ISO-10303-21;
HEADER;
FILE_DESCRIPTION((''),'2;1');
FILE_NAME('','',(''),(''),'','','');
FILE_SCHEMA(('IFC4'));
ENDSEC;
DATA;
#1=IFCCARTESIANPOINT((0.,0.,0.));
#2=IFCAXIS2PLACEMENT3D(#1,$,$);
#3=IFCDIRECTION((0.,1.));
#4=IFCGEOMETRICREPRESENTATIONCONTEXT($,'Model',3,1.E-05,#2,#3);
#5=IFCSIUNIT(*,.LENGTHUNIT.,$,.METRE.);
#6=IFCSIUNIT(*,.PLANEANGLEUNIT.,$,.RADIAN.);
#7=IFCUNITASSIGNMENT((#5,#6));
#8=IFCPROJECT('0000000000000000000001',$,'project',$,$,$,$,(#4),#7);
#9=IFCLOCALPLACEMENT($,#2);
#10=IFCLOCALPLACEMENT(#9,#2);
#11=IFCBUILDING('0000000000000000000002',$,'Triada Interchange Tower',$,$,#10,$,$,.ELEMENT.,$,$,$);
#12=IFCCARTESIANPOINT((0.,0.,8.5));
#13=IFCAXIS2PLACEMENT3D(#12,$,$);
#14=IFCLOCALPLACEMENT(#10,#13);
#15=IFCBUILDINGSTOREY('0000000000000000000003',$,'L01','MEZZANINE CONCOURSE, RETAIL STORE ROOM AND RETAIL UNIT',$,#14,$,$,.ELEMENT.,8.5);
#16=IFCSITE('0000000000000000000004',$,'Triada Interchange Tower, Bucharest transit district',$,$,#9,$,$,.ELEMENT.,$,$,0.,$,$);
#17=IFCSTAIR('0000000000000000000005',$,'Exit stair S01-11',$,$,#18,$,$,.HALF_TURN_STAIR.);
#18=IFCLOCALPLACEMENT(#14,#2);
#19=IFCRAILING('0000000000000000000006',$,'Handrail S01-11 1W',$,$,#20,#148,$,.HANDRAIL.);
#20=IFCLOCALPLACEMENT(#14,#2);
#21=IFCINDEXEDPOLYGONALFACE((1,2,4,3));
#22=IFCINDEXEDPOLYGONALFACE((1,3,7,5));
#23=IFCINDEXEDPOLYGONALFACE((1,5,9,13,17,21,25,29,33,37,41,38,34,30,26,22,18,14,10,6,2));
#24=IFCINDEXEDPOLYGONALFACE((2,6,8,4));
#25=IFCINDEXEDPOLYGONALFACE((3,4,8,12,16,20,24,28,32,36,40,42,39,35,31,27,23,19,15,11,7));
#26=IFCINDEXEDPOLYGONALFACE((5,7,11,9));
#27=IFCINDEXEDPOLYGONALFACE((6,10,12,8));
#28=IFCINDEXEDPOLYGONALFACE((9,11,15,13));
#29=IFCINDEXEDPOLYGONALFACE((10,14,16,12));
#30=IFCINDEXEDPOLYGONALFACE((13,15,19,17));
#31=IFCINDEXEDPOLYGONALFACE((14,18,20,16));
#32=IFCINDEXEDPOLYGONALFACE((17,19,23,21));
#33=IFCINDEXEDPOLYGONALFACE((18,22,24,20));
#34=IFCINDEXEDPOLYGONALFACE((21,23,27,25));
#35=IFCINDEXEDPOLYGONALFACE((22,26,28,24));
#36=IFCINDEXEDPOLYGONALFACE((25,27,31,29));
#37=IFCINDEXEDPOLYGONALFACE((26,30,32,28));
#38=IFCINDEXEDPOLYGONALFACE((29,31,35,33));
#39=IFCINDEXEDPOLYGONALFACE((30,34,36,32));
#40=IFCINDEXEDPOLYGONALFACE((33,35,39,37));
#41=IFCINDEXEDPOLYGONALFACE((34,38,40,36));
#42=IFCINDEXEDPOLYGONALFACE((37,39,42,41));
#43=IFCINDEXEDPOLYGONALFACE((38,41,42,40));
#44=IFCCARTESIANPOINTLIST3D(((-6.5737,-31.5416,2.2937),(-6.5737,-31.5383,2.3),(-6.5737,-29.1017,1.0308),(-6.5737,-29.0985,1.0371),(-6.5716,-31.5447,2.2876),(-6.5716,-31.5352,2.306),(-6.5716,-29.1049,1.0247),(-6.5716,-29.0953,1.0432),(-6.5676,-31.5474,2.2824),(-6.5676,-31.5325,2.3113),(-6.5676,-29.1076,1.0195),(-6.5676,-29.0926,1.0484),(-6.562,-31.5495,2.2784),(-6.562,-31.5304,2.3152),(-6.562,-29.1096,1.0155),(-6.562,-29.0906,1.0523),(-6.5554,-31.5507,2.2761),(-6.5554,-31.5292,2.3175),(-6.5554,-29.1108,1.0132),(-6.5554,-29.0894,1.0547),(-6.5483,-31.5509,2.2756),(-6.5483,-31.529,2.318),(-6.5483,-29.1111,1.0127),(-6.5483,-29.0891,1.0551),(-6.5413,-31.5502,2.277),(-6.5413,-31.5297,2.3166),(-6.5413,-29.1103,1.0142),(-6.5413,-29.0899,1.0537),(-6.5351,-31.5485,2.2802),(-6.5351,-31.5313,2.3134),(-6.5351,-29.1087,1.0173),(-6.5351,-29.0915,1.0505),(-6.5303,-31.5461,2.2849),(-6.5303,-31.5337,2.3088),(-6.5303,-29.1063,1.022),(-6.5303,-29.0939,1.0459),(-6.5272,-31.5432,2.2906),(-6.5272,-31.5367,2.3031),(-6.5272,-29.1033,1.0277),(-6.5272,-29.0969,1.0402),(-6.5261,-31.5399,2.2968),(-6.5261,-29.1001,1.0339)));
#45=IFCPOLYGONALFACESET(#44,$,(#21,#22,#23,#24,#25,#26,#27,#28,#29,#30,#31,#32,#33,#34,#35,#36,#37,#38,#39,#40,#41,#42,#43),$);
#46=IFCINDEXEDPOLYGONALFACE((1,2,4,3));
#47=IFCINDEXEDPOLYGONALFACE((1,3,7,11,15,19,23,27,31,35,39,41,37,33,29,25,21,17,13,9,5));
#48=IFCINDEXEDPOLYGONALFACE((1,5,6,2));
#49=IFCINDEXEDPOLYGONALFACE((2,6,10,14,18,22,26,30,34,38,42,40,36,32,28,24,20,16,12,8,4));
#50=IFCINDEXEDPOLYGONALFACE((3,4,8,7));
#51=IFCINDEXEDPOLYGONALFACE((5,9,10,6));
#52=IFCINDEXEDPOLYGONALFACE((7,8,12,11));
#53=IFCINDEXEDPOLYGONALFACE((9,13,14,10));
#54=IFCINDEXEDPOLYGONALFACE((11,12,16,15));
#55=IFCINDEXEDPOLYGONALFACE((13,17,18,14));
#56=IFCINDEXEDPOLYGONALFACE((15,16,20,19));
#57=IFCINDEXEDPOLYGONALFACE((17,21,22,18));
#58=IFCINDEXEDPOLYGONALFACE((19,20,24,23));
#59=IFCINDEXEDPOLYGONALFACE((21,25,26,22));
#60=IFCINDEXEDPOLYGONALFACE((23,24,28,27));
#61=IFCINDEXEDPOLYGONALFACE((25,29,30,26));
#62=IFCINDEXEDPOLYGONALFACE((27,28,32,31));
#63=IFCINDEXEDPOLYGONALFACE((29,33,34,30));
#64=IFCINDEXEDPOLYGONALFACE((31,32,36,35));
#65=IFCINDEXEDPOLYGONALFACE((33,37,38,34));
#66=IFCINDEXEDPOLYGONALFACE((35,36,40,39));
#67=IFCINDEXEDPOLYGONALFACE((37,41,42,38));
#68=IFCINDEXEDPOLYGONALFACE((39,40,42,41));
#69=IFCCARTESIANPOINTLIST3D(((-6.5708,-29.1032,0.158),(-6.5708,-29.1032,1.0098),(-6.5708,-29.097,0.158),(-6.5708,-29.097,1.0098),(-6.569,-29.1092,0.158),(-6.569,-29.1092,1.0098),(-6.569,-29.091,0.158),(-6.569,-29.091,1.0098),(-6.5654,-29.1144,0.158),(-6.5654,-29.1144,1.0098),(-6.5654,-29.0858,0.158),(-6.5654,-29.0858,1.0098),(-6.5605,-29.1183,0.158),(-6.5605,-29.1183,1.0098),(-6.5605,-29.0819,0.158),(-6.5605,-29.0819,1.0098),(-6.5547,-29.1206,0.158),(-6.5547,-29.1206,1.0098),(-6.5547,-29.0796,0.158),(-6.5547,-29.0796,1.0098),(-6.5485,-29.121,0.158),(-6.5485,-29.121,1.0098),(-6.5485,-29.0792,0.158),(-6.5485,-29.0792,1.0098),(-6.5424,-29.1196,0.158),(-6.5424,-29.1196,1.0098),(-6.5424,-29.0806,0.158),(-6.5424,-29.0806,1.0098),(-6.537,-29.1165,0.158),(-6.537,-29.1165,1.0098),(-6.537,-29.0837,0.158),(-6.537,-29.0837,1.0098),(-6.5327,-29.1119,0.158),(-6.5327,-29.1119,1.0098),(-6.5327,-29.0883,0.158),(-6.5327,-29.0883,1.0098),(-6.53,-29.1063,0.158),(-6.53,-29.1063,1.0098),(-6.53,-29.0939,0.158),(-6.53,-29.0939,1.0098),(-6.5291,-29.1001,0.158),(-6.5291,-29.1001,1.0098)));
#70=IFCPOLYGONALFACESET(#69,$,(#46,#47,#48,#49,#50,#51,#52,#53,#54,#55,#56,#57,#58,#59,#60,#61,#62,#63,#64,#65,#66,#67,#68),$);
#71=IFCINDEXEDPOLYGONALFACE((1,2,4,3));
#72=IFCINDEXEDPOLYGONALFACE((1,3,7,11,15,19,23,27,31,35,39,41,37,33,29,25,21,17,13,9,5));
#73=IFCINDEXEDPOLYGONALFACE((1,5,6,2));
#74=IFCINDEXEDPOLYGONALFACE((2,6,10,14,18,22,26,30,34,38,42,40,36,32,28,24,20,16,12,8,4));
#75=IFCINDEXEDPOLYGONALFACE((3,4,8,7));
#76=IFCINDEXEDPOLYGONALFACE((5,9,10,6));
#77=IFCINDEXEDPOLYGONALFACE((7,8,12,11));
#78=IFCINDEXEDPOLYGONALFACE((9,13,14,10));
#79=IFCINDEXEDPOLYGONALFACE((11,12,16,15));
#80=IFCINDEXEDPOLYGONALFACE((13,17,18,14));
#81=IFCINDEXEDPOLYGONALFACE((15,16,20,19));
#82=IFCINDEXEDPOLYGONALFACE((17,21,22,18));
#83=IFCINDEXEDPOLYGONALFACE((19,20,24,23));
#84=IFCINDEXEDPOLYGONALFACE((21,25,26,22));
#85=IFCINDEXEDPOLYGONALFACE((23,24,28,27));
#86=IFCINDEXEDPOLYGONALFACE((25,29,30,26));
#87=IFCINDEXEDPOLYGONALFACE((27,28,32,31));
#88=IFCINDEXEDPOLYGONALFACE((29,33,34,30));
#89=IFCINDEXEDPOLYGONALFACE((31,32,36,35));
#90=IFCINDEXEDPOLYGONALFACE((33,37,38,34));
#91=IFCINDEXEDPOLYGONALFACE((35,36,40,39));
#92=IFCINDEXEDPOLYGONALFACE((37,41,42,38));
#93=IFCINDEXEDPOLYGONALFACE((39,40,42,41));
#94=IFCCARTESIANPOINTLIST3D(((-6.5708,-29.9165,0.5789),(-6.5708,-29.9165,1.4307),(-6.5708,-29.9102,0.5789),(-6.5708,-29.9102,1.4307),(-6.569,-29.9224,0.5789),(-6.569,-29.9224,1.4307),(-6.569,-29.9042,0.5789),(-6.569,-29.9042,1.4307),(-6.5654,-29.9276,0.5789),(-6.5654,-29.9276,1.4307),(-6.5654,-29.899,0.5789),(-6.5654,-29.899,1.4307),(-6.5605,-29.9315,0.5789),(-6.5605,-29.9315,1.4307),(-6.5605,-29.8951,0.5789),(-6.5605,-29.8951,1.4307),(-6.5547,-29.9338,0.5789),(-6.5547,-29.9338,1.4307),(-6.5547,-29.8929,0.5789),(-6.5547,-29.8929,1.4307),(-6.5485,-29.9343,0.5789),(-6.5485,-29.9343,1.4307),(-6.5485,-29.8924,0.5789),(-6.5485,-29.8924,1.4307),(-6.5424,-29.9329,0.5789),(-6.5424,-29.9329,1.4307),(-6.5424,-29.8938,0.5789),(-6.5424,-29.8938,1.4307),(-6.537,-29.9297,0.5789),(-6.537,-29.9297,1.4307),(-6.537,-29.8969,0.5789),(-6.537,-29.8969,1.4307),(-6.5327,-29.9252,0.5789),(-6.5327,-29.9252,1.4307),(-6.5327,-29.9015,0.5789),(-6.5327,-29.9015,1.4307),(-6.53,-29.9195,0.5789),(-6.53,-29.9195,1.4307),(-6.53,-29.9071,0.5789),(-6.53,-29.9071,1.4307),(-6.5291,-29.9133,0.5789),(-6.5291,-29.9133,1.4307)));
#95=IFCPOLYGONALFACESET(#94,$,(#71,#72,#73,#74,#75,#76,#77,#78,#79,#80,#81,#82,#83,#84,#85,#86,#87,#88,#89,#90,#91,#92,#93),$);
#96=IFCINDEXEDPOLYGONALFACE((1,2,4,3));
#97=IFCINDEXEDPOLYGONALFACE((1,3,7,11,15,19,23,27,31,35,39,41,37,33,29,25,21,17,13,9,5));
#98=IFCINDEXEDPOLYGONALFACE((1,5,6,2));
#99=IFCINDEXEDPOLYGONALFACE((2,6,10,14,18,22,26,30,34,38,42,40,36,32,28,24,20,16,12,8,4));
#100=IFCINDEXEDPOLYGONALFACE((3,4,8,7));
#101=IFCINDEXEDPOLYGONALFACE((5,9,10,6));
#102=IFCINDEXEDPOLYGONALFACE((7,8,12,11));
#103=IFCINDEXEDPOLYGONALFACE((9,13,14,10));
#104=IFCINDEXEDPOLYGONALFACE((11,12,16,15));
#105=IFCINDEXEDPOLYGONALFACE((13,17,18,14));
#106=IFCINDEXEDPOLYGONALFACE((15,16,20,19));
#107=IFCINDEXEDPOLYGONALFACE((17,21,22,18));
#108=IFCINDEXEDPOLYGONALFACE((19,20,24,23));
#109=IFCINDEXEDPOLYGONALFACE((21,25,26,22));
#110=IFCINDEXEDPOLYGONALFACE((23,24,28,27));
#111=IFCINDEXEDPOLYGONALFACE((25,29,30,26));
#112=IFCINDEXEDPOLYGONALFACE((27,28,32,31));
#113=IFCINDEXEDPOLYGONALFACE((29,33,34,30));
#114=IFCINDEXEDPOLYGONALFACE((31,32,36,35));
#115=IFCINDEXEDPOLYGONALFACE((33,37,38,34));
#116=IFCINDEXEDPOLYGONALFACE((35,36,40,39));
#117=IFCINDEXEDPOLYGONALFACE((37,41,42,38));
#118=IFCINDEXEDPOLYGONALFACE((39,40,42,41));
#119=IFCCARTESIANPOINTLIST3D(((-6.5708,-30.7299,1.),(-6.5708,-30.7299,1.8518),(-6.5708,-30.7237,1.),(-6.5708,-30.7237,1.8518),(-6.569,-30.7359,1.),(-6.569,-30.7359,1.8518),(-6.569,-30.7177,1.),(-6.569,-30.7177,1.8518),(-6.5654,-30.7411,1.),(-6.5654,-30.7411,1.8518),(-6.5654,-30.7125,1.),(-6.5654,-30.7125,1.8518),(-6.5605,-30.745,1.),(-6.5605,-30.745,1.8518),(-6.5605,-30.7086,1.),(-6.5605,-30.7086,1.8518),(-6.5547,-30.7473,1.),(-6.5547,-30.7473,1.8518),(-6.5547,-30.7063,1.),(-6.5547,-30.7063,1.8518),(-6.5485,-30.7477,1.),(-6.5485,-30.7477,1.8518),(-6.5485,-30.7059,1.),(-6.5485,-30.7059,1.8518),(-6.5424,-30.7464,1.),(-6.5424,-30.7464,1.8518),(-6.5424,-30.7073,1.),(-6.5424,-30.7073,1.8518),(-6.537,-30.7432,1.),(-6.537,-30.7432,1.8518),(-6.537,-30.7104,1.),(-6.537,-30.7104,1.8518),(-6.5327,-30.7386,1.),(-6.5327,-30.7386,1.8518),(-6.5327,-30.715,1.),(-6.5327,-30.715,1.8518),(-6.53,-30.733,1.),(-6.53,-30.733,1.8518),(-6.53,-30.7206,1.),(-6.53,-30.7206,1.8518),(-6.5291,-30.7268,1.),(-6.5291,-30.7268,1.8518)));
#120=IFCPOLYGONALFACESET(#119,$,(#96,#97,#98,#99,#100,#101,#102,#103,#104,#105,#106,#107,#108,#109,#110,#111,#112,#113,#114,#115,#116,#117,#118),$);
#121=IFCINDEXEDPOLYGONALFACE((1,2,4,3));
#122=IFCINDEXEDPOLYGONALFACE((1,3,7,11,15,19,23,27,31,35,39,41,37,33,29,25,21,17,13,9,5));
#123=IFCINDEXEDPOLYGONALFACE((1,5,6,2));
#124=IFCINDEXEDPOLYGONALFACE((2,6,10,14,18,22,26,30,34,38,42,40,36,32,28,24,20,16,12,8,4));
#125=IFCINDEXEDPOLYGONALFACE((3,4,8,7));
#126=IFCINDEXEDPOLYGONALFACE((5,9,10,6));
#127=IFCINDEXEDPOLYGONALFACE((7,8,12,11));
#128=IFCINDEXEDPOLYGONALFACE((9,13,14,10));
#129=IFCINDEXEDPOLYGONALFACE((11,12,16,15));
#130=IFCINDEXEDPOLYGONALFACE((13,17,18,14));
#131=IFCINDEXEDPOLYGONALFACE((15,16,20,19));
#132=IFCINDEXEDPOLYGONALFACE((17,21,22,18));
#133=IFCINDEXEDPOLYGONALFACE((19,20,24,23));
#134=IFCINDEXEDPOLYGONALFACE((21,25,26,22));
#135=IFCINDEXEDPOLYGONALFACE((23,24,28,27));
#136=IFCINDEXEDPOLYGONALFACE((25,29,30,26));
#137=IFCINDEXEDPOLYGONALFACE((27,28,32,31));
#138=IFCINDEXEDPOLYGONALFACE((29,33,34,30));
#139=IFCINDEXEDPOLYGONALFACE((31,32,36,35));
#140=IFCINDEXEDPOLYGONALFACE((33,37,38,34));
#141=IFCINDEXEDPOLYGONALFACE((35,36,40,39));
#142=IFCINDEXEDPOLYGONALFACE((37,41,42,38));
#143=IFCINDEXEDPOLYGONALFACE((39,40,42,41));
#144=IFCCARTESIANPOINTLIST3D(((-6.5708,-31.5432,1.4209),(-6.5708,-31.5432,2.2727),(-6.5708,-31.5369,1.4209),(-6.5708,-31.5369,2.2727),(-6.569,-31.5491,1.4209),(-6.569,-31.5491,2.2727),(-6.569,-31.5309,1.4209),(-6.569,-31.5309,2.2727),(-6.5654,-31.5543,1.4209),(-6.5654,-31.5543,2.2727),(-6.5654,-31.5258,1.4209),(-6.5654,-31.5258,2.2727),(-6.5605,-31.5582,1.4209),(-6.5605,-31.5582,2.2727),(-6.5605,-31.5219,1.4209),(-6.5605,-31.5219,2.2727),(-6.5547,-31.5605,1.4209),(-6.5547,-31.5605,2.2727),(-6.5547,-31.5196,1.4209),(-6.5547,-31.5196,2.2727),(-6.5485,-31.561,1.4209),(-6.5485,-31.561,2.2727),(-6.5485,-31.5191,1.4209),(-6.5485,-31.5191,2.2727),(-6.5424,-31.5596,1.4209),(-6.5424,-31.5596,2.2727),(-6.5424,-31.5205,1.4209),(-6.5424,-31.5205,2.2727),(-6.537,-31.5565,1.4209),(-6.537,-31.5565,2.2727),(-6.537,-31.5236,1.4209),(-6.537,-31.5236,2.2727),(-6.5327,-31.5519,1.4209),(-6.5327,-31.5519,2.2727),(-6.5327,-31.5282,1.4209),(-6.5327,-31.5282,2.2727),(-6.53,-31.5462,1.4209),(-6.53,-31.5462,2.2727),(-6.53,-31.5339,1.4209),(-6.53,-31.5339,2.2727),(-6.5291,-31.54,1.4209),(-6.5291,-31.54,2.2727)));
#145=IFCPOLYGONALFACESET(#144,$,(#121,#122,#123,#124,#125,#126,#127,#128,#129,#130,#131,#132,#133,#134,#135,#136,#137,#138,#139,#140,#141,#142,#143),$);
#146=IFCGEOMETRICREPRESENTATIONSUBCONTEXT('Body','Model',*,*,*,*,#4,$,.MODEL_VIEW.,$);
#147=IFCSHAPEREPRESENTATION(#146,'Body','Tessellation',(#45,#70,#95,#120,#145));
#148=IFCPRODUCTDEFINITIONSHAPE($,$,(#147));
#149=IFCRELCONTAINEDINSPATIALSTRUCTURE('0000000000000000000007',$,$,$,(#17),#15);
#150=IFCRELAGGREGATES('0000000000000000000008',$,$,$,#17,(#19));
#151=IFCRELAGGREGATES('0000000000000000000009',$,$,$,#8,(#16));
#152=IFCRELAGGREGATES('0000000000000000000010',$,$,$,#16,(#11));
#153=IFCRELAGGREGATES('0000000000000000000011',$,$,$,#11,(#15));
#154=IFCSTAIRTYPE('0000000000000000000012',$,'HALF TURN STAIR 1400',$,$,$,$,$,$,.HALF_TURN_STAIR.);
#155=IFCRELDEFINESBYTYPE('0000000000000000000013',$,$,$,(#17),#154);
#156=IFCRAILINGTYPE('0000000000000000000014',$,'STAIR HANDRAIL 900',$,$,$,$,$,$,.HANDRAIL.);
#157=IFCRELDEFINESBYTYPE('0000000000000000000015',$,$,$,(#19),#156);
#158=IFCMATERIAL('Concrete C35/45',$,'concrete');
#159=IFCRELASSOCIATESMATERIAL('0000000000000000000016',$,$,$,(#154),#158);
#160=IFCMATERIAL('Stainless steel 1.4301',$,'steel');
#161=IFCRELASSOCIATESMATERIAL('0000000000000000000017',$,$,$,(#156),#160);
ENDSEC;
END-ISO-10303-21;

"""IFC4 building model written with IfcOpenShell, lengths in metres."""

from ifc_helpers import new_model, si_unit, direction, frame, origin, origin_2d, place, context, subcontext, project, spatial, circle, extrude, material, type_object, element, aggregate, save


model = new_model("IFC4")

# Units and contexts
model_context = context("Model", 3, precision=1e-05, world=origin(), true_north=direction((0.0, 1.0)))
body_context = subcontext(model_context, "Body", "Model", "MODEL_VIEW")
ifc_project = project(units=[si_unit("LENGTHUNIT", "METRE"), si_unit("PLANEANGLEUNIT", "RADIAN")], contexts=[model_context])

# Site, building, storey
site_placement = place(None, origin())
site = spatial("IfcSite", under=ifc_project, at=site_placement, Name="Triada Interchange Tower, Bucharest transit district", CompositionType="ELEMENT", RefElevation=0.0)
building_placement = place(site_placement, origin())
building = spatial("IfcBuilding", under=site, at=building_placement, Name="Triada Interchange Tower", CompositionType="ELEMENT")
storey_placement = place(building_placement, frame((0.0, 0.0, 8.5)))
storey = spatial("IfcBuildingStorey", under=building, at=storey_placement, Name="L01", Description="MEZZANINE CONCOURSE, RETAIL STORE ROOM AND RETAIL UNIT", CompositionType="ELEMENT", Elevation=8.5)

# Shared definitions
ifc_material_1 = material(Name="Concrete C35/45", Category="concrete")

# Stair, railing
stair_type = type_object("IfcStairType", Name="HALF TURN STAIR 1400", PredefinedType="HALF_TURN_STAIR", material=ifc_material_1)
stair_placement = place(storey_placement, origin())
stair = element("IfcStair", 1, at=stair_placement, inside=storey, type_object=stair_type, Name="Exit stair S01-11", PredefinedType="HALF_TURN_STAIR")
ifc_material_2 = material(Name="Stainless steel 1.4301", Category="steel")
railing_type_1 = type_object("IfcRailingType", Name="STAIR HANDRAIL 900", PredefinedType="HANDRAIL", material=ifc_material_2)
railing_1_placement = place(storey_placement, frame((-6.55, -29.1001, 0.158)))
railing_1 = element("IfcRailing", 2, at=railing_1_placement, type_object=railing_type_1, Name="Handrail S01-11 1W", PredefinedType="HANDRAIL", context=body_context, shape_type="SweptSolid", body=[
    extrude(circle(Radius=0.0239, at=origin_2d()), frame((0.0, 0.0, 0.876), z_axis=(0.0, -0.888084, 0.459682), x_axis=(1.0, 0.0, 0.0)), (0.0, 0.0, 1.0), 2.7473),
    extrude(circle(Radius=0.021, at=origin_2d()), origin(), (0.0, 0.0, 1.0), 0.8518),
    extrude(circle(Radius=0.021, at=origin_2d()), frame((0.0, -0.8132, 0.4209)), (0.0, 0.0, 1.0), 0.8518),
    extrude(circle(Radius=0.021, at=origin_2d()), frame((0.0, -1.6267, 0.842)), (0.0, 0.0, 1.0), 0.8518),
    extrude(circle(Radius=0.021, at=origin_2d()), frame((0.0, -2.4399, 1.2629)), (0.0, 0.0, 1.0), 0.8518),
])
aggregate(stair, [railing_1])

save(model, "model.ifc")
